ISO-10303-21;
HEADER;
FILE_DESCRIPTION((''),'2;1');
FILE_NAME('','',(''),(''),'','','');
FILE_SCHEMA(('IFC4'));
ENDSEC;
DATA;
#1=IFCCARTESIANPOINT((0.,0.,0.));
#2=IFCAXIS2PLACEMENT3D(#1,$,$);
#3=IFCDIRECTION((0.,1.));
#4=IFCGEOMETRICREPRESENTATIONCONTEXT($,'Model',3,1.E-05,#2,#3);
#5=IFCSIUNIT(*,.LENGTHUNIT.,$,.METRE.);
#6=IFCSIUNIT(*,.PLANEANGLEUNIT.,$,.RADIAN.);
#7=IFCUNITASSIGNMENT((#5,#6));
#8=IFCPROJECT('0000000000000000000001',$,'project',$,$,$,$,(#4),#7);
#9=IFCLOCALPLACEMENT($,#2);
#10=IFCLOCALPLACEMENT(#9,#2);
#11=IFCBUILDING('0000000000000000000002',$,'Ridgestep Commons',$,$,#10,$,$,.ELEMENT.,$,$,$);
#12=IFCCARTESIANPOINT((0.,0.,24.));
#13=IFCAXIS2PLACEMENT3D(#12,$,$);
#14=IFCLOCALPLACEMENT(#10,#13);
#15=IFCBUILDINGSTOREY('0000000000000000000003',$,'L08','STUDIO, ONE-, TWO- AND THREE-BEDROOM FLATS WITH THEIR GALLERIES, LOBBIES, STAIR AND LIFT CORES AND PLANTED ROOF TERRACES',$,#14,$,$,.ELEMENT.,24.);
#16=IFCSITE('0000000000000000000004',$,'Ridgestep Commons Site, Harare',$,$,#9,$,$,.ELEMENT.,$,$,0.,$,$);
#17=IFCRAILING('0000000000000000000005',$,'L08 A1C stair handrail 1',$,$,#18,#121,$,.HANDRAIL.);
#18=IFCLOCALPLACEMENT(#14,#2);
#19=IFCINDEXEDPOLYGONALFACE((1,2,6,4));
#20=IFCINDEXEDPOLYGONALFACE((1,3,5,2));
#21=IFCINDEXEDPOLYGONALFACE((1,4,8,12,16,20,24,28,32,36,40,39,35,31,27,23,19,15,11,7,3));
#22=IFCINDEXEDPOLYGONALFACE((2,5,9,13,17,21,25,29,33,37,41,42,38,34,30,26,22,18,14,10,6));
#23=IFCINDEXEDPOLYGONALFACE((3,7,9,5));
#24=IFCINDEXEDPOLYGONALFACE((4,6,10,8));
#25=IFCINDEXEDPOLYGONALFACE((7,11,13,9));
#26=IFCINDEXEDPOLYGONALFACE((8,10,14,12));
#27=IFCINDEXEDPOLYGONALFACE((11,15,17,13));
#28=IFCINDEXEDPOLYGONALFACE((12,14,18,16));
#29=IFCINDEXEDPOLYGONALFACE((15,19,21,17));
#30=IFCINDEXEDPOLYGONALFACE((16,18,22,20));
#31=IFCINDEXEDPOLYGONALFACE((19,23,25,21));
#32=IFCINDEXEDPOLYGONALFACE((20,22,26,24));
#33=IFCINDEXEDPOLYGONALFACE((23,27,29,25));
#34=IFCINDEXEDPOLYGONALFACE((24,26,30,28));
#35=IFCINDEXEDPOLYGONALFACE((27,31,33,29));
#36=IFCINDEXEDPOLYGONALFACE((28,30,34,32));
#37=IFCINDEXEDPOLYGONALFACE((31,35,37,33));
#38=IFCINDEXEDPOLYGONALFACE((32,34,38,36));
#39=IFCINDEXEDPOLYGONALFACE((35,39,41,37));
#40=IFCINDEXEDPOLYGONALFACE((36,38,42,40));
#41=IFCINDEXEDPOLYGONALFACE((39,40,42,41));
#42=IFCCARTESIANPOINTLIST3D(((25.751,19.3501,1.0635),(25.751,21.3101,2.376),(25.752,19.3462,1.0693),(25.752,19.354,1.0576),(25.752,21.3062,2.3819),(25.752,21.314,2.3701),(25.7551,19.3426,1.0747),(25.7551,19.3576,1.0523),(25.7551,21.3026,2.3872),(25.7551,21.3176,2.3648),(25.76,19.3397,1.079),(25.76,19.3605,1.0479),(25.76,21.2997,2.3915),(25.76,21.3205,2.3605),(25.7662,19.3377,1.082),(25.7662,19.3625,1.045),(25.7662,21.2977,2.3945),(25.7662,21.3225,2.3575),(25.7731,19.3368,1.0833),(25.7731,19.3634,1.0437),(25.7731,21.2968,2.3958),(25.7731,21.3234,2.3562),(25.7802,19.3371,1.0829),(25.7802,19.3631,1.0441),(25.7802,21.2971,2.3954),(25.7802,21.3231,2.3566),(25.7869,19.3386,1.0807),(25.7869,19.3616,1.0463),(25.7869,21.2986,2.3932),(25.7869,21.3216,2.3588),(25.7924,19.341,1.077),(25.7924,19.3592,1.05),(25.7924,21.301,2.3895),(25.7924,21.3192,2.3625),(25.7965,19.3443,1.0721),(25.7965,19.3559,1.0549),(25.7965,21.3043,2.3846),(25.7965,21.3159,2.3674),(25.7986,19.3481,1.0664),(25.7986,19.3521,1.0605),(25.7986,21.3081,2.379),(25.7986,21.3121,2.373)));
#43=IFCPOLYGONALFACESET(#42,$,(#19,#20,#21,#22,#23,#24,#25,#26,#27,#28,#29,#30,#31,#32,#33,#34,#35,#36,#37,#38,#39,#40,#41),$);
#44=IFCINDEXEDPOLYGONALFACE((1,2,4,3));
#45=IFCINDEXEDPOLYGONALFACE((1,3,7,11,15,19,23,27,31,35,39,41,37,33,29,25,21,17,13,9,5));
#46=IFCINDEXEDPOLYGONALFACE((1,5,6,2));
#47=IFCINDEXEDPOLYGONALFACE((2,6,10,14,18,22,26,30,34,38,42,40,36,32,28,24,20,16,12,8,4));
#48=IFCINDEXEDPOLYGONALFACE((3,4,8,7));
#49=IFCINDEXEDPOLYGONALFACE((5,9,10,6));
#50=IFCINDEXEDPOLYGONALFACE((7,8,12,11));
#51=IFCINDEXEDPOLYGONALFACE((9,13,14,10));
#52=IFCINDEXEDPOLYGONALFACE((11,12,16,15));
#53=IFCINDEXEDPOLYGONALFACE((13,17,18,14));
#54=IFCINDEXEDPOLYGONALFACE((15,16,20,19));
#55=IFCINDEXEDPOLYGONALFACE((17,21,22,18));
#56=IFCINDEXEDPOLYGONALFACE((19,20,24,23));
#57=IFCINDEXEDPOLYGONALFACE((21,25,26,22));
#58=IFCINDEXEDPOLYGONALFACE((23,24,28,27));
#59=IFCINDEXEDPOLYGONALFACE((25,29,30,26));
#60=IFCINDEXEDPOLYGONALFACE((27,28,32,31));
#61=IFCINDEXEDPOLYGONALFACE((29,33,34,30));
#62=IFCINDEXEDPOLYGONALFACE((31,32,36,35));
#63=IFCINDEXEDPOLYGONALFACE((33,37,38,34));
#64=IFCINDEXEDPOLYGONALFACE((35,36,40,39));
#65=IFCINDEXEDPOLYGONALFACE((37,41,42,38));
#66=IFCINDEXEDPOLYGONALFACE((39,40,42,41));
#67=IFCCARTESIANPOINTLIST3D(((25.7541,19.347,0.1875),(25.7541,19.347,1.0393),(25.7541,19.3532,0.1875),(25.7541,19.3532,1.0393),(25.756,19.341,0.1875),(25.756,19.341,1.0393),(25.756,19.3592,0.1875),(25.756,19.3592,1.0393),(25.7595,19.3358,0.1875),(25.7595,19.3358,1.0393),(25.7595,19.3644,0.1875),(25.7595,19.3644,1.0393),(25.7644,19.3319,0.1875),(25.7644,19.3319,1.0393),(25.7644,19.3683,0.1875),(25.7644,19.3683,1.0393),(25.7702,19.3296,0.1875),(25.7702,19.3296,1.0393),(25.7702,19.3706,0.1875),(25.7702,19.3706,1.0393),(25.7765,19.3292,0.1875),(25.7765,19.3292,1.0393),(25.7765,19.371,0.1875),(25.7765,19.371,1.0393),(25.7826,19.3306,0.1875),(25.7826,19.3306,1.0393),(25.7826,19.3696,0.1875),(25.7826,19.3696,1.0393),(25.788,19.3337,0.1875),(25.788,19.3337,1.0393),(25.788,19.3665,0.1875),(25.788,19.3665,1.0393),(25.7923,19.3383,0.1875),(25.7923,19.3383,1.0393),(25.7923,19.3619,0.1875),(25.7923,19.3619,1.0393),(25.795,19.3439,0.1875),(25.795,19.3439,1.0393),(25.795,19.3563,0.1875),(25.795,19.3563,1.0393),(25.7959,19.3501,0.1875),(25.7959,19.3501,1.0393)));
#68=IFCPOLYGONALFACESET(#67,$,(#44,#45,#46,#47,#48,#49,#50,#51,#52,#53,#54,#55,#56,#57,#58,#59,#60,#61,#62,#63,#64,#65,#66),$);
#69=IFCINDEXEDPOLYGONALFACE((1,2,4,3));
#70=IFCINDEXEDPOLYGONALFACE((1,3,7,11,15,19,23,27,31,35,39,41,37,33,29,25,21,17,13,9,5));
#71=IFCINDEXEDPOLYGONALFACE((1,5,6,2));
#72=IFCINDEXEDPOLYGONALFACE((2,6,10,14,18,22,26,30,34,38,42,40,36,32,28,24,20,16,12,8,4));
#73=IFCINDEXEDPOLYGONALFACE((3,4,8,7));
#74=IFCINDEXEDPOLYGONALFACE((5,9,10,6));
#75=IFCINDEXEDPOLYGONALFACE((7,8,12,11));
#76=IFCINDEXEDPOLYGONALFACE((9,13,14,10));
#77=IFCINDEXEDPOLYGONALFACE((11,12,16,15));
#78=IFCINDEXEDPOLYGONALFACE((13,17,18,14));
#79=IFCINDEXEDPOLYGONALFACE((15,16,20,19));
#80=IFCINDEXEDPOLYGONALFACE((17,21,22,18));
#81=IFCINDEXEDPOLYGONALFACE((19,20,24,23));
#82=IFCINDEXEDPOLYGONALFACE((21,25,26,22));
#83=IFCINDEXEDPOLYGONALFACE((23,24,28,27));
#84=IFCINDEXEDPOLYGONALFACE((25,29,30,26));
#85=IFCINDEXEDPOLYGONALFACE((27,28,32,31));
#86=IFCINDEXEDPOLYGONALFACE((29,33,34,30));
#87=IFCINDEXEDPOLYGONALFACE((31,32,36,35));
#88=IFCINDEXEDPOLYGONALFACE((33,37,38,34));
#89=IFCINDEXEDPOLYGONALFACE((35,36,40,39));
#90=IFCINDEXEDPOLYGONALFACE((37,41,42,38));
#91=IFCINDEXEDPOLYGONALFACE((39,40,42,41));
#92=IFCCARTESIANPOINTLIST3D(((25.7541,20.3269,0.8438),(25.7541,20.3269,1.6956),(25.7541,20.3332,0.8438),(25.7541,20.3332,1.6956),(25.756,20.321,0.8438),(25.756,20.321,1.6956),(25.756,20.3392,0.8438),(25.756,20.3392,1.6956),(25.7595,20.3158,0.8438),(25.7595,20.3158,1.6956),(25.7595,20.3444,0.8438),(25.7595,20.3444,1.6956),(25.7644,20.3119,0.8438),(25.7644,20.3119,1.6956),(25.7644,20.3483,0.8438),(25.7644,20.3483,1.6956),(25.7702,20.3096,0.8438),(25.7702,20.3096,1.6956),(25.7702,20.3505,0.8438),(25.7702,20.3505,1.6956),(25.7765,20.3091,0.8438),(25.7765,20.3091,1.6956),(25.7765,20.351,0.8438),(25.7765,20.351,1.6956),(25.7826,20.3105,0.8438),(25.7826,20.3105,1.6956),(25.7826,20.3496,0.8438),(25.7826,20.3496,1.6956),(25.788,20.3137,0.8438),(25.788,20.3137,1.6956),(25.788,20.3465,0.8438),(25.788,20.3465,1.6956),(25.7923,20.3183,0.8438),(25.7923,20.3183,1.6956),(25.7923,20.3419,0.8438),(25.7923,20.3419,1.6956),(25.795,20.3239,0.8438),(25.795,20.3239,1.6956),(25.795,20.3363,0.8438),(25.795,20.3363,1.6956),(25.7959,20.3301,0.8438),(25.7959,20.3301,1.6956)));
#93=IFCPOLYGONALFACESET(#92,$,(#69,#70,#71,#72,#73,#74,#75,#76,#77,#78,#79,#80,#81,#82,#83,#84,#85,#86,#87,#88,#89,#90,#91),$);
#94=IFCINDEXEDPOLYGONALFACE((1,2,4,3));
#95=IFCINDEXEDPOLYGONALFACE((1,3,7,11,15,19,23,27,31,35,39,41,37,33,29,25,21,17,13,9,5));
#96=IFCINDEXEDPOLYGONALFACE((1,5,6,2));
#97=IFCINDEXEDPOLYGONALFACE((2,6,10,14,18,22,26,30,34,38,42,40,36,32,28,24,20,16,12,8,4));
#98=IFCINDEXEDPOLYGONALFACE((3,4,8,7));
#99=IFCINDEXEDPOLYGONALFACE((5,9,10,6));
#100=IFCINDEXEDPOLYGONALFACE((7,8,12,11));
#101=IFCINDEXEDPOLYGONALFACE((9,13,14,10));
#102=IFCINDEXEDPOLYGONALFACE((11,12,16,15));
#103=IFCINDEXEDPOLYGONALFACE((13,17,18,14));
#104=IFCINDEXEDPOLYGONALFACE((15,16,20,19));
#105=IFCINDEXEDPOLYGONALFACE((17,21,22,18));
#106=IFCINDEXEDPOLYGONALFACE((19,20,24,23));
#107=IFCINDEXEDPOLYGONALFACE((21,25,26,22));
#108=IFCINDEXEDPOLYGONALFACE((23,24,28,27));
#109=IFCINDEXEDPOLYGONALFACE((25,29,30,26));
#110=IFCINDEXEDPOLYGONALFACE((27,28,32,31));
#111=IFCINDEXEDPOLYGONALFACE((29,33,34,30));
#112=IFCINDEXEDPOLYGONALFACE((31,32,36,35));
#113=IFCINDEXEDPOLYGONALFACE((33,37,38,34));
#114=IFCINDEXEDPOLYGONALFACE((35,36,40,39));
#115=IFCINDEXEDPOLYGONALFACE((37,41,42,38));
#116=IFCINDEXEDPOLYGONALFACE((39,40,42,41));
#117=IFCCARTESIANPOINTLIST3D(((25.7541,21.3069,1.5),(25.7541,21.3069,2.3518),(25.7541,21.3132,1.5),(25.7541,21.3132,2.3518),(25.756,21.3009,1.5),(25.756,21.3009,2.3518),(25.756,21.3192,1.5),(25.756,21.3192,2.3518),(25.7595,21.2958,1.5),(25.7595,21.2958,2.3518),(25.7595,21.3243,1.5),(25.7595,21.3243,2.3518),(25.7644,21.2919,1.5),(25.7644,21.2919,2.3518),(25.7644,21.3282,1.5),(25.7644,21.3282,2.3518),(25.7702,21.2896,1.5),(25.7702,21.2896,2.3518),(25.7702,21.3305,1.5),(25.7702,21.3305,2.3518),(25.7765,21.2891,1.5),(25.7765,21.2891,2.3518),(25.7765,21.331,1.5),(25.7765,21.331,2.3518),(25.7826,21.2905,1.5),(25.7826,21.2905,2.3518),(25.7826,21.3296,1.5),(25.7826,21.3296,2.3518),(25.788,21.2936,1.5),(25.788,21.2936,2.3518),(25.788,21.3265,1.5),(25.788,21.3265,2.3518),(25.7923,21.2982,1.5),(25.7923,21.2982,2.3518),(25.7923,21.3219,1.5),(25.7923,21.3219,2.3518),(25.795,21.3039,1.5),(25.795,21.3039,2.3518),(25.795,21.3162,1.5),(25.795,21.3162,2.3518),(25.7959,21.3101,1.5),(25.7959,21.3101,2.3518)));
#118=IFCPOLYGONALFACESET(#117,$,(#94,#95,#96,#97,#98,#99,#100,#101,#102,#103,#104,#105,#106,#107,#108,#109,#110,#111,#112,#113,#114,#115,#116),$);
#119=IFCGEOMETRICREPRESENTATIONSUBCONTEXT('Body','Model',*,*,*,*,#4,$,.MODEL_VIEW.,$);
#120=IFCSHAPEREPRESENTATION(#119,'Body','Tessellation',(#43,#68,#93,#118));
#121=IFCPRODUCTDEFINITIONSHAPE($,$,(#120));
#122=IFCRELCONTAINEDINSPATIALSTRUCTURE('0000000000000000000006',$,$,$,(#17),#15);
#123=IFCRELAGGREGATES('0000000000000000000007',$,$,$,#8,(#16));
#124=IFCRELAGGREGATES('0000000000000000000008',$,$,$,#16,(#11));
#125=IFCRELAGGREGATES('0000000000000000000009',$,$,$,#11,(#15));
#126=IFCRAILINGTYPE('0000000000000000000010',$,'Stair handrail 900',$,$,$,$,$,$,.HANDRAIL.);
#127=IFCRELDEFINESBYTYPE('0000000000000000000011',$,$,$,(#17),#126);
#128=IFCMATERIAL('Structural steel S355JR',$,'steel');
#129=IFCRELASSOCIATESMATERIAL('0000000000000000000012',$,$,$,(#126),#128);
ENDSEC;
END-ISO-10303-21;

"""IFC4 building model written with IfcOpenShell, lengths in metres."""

from ifc_helpers import new_model, si_unit, direction, frame, origin, origin_2d, place, context, subcontext, project, spatial, circle, extrude, material, type_object, element, save


model = new_model("IFC4")

# Units and contexts
model_context = context("Model", 3, precision=1e-05, world=origin(), true_north=direction((0.0, 1.0)))
body_context = subcontext(model_context, "Body", "Model", "MODEL_VIEW")
ifc_project = project(units=[si_unit("LENGTHUNIT", "METRE"), si_unit("PLANEANGLEUNIT", "RADIAN")], contexts=[model_context])

# Site, building, storey
site_placement = place(None, origin())
site = spatial("IfcSite", under=ifc_project, at=site_placement, Name="Ridgestep Commons Site, Harare", CompositionType="ELEMENT", RefElevation=0.0)
building_placement = place(site_placement, origin())
building = spatial("IfcBuilding", under=site, at=building_placement, Name="Ridgestep Commons", CompositionType="ELEMENT")
storey_placement = place(building_placement, frame((0.0, 0.0, 24.0)))
storey = spatial("IfcBuildingStorey", under=building, at=storey_placement, Name="L08", Description="STUDIO, ONE-, TWO- AND THREE-BEDROOM FLATS WITH THEIR GALLERIES, LOBBIES, STAIR AND LIFT CORES AND PLANTED ROOF TERRACES", CompositionType="ELEMENT", Elevation=24.0)

# Railing
ifc_material_1 = material(Name="Structural steel S355JR", Category="steel")
railing_type_1 = type_object("IfcRailingType", Name="Stair handrail 900", PredefinedType="HANDRAIL", material=ifc_material_1)
railing_1_placement = place(storey_placement, frame((25.7749, 19.3501, 0.1875)))
element("IfcRailing", 1, at=railing_1_placement, inside=storey, type_object=railing_type_1, Name="L08 A1C stair handrail 1", PredefinedType="HANDRAIL", context=body_context, shape_type="SweptSolid", body=[
    extrude(circle(Radius=0.0239, at=origin_2d()), frame((0.0, 0.0, 0.876), z_axis=(0.0, 0.830902, 0.556419), x_axis=(-1.0, 0.0, 0.0)), (0.0, 0.0, 1.0), 2.3589),
    extrude(circle(Radius=0.021, at=origin_2d()), origin(), (0.0, 0.0, 1.0), 0.8518),
    extrude(circle(Radius=0.021, at=origin_2d()), frame((0.0, 0.98, 0.6562)), (0.0, 0.0, 1.0), 0.8518),
    extrude(circle(Radius=0.021, at=origin_2d()), frame((0.0, 1.96, 1.3125)), (0.0, 0.0, 1.0), 0.8518),
])

save(model, "model.ifc")
